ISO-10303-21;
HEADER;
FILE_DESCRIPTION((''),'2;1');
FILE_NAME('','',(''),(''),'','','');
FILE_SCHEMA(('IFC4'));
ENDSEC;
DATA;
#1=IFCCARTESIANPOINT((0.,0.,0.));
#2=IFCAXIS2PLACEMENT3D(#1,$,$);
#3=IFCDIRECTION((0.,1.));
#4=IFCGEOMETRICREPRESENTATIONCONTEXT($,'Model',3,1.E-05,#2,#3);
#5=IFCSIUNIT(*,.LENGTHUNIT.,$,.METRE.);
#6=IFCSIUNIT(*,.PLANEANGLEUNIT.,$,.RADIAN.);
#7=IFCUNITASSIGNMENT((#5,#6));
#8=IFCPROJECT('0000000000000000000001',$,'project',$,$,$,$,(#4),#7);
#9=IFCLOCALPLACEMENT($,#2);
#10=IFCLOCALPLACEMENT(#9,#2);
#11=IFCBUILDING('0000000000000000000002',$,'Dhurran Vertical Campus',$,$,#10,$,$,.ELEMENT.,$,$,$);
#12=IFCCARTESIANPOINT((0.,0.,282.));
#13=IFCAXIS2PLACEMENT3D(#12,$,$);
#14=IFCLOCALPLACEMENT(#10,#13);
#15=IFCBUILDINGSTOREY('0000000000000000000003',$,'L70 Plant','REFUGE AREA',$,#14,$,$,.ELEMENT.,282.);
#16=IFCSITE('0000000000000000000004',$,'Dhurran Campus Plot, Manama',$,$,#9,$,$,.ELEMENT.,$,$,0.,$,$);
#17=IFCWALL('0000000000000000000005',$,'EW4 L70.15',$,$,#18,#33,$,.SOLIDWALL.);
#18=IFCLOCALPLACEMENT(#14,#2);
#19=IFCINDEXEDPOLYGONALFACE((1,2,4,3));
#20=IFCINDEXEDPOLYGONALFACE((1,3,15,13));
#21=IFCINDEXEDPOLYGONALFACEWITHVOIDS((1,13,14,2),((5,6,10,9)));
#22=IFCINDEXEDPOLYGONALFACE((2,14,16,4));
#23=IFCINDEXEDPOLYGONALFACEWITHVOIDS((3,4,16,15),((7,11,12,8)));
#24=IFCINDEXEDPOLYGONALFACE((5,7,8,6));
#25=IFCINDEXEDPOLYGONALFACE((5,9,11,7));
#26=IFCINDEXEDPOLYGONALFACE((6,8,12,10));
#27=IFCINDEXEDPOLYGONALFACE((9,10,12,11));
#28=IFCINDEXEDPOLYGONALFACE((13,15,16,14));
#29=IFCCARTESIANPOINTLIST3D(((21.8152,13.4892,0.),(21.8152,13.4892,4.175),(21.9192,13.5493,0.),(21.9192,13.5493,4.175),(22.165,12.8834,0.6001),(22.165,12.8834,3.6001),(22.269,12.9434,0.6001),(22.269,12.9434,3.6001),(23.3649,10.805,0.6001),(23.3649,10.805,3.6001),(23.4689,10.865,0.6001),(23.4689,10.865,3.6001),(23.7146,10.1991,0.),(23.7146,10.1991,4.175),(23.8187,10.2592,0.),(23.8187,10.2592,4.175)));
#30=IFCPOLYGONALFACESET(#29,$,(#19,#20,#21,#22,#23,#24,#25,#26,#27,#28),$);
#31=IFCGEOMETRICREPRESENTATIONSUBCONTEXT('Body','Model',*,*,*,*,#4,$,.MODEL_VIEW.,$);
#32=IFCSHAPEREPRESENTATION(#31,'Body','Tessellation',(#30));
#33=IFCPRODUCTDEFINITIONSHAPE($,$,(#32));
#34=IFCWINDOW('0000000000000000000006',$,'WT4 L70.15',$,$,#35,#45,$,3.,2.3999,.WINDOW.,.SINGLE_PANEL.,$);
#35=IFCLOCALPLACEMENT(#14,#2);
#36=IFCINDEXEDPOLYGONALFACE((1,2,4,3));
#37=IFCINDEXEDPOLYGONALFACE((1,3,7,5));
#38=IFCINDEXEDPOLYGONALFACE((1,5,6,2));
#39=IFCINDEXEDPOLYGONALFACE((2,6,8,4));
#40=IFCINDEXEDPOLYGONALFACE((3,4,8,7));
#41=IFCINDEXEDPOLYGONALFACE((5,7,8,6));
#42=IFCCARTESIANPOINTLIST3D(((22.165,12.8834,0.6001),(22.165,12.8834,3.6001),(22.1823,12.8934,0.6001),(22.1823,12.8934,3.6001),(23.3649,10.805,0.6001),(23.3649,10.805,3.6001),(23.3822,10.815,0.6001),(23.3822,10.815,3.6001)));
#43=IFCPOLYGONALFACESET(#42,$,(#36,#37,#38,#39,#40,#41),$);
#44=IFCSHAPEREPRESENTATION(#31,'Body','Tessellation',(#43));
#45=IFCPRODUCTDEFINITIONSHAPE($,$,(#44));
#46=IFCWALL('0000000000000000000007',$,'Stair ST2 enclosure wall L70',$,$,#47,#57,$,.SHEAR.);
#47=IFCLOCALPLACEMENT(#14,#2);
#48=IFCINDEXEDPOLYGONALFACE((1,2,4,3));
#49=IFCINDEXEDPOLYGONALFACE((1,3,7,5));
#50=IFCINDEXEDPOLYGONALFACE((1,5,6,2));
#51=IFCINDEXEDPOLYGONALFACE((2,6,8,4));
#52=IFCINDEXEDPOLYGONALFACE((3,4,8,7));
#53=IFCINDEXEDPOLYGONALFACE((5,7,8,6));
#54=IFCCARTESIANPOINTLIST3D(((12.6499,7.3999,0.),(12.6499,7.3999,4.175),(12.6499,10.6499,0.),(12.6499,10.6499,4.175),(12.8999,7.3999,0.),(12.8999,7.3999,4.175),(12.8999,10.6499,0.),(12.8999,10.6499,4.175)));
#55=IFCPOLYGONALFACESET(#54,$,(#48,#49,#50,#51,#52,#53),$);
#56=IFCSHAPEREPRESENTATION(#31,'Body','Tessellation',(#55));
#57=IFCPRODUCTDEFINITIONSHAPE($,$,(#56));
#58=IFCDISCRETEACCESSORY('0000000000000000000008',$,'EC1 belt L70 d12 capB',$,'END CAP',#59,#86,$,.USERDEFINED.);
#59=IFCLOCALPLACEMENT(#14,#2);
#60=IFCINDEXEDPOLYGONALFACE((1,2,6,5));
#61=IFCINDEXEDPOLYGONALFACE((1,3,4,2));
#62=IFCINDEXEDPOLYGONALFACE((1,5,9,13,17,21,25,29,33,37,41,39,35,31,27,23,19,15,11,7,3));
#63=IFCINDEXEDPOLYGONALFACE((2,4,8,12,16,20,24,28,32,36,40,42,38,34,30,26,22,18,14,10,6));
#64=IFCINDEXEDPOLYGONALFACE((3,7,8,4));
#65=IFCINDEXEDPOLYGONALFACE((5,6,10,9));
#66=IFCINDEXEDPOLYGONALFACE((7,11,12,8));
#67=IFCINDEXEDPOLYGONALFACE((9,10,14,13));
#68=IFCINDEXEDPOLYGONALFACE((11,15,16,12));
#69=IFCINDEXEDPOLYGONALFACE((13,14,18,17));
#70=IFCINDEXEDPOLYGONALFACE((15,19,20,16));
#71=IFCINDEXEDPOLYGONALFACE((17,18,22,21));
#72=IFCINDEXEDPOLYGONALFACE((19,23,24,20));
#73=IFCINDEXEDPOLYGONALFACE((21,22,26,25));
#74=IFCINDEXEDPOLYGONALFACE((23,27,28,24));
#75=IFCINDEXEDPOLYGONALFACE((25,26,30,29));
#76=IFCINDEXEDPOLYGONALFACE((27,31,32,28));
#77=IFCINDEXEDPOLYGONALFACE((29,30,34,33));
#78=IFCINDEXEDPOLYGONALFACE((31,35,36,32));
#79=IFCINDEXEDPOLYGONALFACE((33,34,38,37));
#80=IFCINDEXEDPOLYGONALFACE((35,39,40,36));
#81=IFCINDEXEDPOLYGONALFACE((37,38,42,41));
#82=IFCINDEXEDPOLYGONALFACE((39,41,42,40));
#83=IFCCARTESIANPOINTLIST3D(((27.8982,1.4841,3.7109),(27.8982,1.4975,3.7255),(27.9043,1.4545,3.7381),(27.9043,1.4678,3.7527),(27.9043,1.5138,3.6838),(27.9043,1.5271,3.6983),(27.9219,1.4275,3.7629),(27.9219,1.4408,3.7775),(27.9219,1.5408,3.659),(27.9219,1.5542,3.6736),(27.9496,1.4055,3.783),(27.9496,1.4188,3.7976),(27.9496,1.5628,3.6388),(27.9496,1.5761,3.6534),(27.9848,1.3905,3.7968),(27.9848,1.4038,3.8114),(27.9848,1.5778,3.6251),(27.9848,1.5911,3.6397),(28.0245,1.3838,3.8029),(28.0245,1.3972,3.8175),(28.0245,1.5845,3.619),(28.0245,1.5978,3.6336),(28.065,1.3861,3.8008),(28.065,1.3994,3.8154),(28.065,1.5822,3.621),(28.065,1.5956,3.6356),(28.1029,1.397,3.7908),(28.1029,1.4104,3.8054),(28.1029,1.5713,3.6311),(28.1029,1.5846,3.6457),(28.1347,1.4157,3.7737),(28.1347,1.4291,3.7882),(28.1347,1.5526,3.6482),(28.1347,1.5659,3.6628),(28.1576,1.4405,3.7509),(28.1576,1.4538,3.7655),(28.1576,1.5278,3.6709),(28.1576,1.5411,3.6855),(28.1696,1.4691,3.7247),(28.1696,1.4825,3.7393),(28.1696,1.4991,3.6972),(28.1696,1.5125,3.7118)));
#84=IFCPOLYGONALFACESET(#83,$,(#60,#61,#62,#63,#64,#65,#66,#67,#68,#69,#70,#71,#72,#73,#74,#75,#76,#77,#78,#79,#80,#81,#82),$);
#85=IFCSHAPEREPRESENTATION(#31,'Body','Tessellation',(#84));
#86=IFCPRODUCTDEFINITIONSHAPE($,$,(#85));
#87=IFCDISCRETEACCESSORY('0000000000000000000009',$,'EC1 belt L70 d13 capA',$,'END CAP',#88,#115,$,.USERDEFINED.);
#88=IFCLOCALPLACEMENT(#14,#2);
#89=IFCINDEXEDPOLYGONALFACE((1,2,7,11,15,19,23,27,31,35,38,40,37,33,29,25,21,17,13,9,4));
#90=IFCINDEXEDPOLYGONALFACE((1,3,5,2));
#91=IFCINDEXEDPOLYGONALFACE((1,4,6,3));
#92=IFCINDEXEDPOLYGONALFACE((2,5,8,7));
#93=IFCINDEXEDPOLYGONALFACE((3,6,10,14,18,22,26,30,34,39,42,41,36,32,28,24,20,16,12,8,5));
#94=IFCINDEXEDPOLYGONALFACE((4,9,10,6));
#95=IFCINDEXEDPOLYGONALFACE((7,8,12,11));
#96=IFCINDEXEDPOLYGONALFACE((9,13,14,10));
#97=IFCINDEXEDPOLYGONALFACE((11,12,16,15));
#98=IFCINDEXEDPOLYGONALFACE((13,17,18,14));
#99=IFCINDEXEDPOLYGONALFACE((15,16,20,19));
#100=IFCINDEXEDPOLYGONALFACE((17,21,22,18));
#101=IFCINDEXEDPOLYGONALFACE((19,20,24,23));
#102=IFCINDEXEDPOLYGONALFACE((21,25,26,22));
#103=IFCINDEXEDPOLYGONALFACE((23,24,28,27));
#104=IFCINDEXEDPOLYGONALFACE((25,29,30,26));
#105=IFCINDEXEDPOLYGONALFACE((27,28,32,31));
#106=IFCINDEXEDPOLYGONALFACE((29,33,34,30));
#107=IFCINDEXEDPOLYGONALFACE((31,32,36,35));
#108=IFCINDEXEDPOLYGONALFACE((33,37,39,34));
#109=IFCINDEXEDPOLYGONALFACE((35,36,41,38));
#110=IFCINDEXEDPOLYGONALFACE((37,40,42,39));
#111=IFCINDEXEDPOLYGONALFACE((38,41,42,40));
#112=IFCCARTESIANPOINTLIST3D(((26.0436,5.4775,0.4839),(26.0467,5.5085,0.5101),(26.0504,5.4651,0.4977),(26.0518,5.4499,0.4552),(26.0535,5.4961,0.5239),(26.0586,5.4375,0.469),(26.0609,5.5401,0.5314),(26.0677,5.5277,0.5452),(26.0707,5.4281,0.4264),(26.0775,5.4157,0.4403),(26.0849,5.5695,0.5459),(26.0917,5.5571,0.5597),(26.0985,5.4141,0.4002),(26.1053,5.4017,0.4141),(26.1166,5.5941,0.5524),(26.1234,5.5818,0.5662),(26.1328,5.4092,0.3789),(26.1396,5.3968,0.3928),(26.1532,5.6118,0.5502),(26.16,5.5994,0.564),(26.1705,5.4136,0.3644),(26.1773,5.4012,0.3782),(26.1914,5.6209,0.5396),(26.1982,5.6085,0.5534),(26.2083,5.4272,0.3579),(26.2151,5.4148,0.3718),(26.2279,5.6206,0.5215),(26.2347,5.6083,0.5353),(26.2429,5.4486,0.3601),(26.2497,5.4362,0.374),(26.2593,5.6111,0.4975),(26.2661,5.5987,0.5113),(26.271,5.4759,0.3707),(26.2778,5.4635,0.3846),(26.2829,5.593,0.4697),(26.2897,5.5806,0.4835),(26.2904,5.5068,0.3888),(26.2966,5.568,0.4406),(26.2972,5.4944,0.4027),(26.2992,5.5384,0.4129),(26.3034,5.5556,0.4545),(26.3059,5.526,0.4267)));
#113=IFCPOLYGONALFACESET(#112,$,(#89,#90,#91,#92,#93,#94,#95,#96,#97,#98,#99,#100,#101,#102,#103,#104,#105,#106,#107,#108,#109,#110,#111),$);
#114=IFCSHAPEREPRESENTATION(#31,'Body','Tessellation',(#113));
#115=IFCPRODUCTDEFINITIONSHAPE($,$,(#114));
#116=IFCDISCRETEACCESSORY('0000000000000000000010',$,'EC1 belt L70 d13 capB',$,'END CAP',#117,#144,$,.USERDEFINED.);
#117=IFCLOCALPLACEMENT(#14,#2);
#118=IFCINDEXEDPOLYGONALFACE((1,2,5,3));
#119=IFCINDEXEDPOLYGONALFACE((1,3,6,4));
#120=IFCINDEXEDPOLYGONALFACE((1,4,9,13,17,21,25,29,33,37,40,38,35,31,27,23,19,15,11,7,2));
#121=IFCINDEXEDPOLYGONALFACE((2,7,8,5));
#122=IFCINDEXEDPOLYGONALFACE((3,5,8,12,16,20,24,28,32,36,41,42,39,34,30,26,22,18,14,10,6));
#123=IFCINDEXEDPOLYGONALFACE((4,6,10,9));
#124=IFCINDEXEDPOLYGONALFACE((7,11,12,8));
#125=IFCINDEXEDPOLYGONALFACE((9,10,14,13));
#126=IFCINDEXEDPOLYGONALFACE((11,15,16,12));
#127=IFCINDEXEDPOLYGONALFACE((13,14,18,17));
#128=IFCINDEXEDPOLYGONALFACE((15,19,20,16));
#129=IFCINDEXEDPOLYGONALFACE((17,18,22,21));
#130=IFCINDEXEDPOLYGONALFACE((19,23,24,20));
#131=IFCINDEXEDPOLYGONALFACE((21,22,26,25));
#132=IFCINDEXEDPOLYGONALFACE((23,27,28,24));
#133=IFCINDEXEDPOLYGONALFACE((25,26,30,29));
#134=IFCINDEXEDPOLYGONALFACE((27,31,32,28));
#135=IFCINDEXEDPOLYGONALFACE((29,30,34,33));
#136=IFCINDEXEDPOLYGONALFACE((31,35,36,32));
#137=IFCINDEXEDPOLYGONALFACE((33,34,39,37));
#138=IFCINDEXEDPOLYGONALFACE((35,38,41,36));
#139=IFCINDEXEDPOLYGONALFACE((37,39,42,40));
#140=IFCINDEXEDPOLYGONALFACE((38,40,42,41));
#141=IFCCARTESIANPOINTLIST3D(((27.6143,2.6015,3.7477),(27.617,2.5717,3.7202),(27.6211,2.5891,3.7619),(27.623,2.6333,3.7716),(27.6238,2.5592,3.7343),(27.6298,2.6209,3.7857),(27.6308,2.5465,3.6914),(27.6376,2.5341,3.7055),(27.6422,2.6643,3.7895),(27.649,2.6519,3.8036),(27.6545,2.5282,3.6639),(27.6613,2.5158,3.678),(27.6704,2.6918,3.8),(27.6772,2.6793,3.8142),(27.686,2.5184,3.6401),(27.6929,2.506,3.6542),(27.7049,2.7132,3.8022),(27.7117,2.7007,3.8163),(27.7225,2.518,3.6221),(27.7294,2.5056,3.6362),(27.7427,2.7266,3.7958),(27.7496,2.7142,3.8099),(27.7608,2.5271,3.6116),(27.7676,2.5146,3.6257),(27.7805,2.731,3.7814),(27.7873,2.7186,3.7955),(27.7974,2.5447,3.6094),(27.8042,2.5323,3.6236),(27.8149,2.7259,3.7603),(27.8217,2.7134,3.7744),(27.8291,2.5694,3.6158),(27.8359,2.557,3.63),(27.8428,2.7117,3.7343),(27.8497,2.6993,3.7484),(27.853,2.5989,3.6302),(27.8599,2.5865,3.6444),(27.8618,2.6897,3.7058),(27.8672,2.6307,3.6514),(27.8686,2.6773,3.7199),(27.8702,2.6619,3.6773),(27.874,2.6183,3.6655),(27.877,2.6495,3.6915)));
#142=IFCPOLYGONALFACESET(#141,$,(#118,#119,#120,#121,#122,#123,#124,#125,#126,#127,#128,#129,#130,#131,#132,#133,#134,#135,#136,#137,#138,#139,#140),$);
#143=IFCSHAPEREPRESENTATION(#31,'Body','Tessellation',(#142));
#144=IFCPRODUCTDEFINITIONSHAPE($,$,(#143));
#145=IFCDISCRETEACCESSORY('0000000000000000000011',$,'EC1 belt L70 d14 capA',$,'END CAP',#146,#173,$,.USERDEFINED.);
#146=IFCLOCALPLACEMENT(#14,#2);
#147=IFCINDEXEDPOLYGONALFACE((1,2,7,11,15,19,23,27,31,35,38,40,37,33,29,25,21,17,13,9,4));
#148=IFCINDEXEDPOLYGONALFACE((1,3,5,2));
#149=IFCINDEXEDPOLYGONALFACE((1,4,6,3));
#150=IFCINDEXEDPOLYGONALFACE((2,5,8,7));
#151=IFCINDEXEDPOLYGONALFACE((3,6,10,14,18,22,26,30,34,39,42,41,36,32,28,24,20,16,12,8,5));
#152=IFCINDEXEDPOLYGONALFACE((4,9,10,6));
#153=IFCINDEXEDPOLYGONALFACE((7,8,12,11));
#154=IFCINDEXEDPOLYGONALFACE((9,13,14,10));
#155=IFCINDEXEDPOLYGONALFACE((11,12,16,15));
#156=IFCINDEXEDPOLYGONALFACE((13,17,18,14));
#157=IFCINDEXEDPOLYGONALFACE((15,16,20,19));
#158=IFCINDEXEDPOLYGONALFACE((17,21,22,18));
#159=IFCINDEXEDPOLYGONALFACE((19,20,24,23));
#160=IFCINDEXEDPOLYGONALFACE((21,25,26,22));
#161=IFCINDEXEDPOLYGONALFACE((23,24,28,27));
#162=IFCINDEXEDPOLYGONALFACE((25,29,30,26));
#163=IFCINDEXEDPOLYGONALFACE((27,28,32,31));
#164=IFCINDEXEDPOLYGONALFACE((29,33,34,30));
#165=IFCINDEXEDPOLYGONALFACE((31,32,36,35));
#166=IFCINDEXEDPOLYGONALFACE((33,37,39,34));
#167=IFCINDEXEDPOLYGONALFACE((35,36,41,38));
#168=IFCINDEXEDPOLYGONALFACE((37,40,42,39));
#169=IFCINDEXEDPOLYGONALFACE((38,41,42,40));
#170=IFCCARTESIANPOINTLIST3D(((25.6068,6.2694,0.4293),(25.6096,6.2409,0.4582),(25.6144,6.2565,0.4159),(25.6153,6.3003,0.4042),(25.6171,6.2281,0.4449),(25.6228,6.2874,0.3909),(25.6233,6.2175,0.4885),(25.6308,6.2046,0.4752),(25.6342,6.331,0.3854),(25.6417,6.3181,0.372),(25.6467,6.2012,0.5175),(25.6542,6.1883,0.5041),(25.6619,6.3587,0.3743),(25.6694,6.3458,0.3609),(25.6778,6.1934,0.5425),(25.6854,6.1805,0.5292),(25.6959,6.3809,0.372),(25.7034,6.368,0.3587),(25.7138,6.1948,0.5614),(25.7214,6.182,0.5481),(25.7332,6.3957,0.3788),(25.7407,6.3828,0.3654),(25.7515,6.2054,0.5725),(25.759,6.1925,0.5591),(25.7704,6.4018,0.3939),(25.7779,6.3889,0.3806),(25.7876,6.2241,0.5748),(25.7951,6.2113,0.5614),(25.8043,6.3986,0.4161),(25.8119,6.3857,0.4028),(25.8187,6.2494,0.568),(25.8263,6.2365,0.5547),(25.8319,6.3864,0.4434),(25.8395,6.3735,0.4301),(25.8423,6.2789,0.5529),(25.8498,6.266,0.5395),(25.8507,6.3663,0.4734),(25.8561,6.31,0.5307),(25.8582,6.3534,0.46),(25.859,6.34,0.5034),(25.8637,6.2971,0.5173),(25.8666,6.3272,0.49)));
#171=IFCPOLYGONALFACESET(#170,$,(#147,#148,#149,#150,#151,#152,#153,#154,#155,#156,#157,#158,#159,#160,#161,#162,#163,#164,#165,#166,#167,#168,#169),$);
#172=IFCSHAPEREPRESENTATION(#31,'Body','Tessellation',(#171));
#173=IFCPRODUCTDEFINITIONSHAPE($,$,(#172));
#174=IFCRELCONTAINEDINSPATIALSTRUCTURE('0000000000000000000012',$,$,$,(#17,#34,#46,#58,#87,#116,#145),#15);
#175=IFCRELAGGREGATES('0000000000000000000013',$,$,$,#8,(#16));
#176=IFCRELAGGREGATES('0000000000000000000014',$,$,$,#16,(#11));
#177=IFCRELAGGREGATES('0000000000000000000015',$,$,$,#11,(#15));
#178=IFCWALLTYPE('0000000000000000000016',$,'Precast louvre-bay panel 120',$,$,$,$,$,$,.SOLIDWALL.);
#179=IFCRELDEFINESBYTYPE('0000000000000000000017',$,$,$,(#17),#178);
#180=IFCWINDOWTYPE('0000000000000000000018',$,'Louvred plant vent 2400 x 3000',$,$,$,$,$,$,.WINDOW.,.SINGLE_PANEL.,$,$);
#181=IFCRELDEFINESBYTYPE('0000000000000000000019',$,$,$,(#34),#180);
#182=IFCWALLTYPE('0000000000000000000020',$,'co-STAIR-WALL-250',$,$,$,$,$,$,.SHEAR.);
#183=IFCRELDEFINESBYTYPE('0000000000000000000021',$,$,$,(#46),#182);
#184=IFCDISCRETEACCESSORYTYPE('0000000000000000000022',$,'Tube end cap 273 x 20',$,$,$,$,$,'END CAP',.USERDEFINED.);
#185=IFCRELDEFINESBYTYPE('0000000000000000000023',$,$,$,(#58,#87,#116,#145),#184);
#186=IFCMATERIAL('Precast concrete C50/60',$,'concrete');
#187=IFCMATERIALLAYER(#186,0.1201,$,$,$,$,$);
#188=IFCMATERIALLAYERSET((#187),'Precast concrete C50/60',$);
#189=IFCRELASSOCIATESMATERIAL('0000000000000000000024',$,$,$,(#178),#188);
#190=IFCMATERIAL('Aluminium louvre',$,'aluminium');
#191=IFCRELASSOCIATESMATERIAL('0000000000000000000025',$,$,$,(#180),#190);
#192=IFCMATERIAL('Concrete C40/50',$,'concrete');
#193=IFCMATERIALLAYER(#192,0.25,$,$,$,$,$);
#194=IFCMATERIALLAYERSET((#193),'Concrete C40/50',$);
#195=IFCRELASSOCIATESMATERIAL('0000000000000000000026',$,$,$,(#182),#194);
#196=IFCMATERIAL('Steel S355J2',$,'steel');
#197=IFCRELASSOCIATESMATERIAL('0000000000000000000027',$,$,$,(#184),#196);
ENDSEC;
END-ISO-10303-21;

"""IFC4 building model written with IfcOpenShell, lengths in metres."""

from ifc_helpers import new_model, si_unit, direction, frame, frame_2d, origin, origin_2d, place, context, subcontext, project, spatial, rectangle, circle, extrude, material, layer, layer_set, material_profile, profile_set, type_object, element, fill, save


model = new_model("IFC4")

# Units and contexts
model_context = context("Model", 3, precision=1e-05, world=origin(), true_north=direction((0.0, 1.0)))
body_context = subcontext(model_context, "Body", "Model", "MODEL_VIEW")
ifc_project = project(units=[si_unit("LENGTHUNIT", "METRE"), si_unit("PLANEANGLEUNIT", "RADIAN")], contexts=[model_context])

# Site, building, storey
site_placement = place(None, origin())
site = spatial("IfcSite", under=ifc_project, at=site_placement, Name="Dhurran Campus Plot, Manama", CompositionType="ELEMENT", RefElevation=0.0)
building_placement = place(site_placement, origin())
building = spatial("IfcBuilding", under=site, at=building_placement, Name="Dhurran Vertical Campus", CompositionType="ELEMENT")
storey_placement = place(building_placement, frame((0.0, 0.0, 282.0)))
storey = spatial("IfcBuildingStorey", under=building, at=storey_placement, Name="L70 Plant", Description="REFUGE AREA", CompositionType="ELEMENT", Elevation=282.0)

# Wall, opening, window
ifc_material_1 = material(Name="Precast concrete C50/60", Category="concrete")
ifc_layer_1 = layer(ifc_material_1, 0.1201)
ifc_layer_set_1 = layer_set([ifc_layer_1], Name="Precast concrete C50/60")
wall_type_1 = type_object("IfcWallType", Name="Precast louvre-bay panel 120", PredefinedType="SOLIDWALL", material=ifc_layer_set_1)
ifc_material_2 = material(Name="Aluminium louvre", Category="aluminium")
window_type = type_object("IfcWindowType", Name="Louvred plant vent 2400 x 3000", PartitioningType="SINGLE_PANEL", PredefinedType="WINDOW", material=ifc_material_2)
wall_1_placement = place(storey_placement, frame((23.7666, 10.2292, 0.0), z_axis=(0.0, 0.0, 1.0), x_axis=(-0.499982, 0.866036, 0.0)))
wall_1 = element("IfcWall", 1, at=wall_1_placement, inside=storey, type_object=wall_type_1, Name="EW4 L70.15", PredefinedType="SOLIDWALL", context=body_context, shape_type="SweptSolid", body=[
    extrude(rectangle(XDim=3.7991, YDim=0.1201, at=frame_2d((1.8994, 0.0))), origin(), (0.0, 0.0, 1.0), 4.175),
])
opening_1_placement = place(wall_1_placement, frame((0.6995, 0.0, 0.6001)))
opening_1 = element("IfcOpeningElement", 2, at=opening_1_placement, cuts=wall_1, PredefinedType="OPENING", context=body_context, shape_type="SweptSolid", body=[
    extrude(rectangle(XDim=2.3999, YDim=3.0, at=frame_2d((1.2, 1.5))), frame((0.0, 0.0701, 0.0), z_axis=(0.0, -1.0, 0.0), x_axis=(1.0, 0.0, 0.0)), (0.0, 0.0, 1.0), 0.1401),
])
window_1_placement = place(opening_1_placement, origin())
window_1 = element("IfcWindow", 3, at=window_1_placement, inside=storey, type_object=window_type, Name="WT4 L70.15", OverallHeight=3.0, OverallWidth=2.3999, PartitioningType="SINGLE_PANEL", PredefinedType="WINDOW", context=body_context, shape_type="SweptSolid", body=[
    extrude(rectangle(XDim=2.3999, YDim=3.0, at=frame_2d((1.2, 1.5))), frame((0.0, 0.0601, 0.0), z_axis=(0.0, -1.0, 0.0), x_axis=(1.0, 0.0, 0.0)), (0.0, 0.0, 1.0), 0.02),
])
fill(opening_1, window_1)

# Wall
ifc_material_3 = material(Name="Concrete C40/50", Category="concrete")
ifc_layer_2 = layer(ifc_material_3, 0.25)
ifc_layer_set_2 = layer_set([ifc_layer_2], Name="Concrete C40/50")
wall_type_2 = type_object("IfcWallType", Name="co-STAIR-WALL-250", PredefinedType="SHEAR", material=ifc_layer_set_2)
wall_2_placement = place(storey_placement, frame((12.7749, 7.3999, 0.0), z_axis=(0.0, 0.0, 1.0), x_axis=(0.0, 1.0, 0.0)))
element("IfcWall", 4, at=wall_2_placement, inside=storey, type_object=wall_type_2, Name="Stair ST2 enclosure wall L70", PredefinedType="SHEAR", context=body_context, shape_type="SweptSolid", body=[
    extrude(rectangle(XDim=3.25, YDim=0.25, at=frame_2d((1.625, 0.0))), origin(), (0.0, 0.0, 1.0), 4.175),
])

# Discrete accessories
ifc_material_4 = material(Name="Steel S355J2", Category="steel")
ifc_material_profile_1 = material_profile(ifc_material_4, circle(Radius=0.1365, at=origin_2d()), Name="Tube end cap 273 x 20")
ifc_profile_set_1 = profile_set([ifc_material_profile_1], Name="Steel S355J2")
discrete_accessory_type = type_object("IfcDiscreteAccessoryType", Name="Tube end cap 273 x 20", ElementType="END CAP", PredefinedType="USERDEFINED", material=ifc_profile_set_1)
for number, where, z_axis, x_axis, name in (
    (5, (28.0347, 1.4841, 3.7109), (0.0, 0.675725, 0.737154), (-1.0, 0.0, 0.0), "EC1 belt L70 d12 capB"),
    (6, (26.1782, 5.5032, 0.469), (-0.343772, 0.626156, -0.699821), (-0.876579, -0.481259, 0.0), "EC1 belt L70 d13 capA"),
):
    element("IfcDiscreteAccessory", number, at=place(storey_placement, frame(where, z_axis=z_axis, x_axis=x_axis)), inside=storey, type_object=discrete_accessory_type, Name=name, ObjectType="END CAP", PredefinedType="USERDEFINED", context=body_context, shape_type="SweptSolid", body=[
        extrude(circle(Radius=0.1365, at=origin_2d()), origin(), (0.0, 0.0, 1.0), 0.0198),
    ])
for number, where, z_axis, x_axis, name in (
    (7, (27.7422, 2.624, 3.7058), (0.34083, -0.620798, 0.706006), (0.876579, 0.481259, 0.0), "EC1 belt L70 d13 capB"),
    (8, (25.7329, 6.2974, 0.4734), (0.376069, -0.642956, -0.667218), (0.863188, 0.504883, 0.0), "EC1 belt L70 d14 capA"),
):
    element("IfcDiscreteAccessory", number, at=place(storey_placement, frame(where, z_axis=z_axis, x_axis=x_axis)), inside=storey, type_object=discrete_accessory_type, Name=name, ObjectType="END CAP", PredefinedType="USERDEFINED", context=body_context, shape_type="SweptSolid", body=[
        extrude(circle(Radius=0.1365, at=origin_2d()), origin(), (0.0, 0.0, 1.0), 0.02),
    ])

save(model, "model.ifc")
